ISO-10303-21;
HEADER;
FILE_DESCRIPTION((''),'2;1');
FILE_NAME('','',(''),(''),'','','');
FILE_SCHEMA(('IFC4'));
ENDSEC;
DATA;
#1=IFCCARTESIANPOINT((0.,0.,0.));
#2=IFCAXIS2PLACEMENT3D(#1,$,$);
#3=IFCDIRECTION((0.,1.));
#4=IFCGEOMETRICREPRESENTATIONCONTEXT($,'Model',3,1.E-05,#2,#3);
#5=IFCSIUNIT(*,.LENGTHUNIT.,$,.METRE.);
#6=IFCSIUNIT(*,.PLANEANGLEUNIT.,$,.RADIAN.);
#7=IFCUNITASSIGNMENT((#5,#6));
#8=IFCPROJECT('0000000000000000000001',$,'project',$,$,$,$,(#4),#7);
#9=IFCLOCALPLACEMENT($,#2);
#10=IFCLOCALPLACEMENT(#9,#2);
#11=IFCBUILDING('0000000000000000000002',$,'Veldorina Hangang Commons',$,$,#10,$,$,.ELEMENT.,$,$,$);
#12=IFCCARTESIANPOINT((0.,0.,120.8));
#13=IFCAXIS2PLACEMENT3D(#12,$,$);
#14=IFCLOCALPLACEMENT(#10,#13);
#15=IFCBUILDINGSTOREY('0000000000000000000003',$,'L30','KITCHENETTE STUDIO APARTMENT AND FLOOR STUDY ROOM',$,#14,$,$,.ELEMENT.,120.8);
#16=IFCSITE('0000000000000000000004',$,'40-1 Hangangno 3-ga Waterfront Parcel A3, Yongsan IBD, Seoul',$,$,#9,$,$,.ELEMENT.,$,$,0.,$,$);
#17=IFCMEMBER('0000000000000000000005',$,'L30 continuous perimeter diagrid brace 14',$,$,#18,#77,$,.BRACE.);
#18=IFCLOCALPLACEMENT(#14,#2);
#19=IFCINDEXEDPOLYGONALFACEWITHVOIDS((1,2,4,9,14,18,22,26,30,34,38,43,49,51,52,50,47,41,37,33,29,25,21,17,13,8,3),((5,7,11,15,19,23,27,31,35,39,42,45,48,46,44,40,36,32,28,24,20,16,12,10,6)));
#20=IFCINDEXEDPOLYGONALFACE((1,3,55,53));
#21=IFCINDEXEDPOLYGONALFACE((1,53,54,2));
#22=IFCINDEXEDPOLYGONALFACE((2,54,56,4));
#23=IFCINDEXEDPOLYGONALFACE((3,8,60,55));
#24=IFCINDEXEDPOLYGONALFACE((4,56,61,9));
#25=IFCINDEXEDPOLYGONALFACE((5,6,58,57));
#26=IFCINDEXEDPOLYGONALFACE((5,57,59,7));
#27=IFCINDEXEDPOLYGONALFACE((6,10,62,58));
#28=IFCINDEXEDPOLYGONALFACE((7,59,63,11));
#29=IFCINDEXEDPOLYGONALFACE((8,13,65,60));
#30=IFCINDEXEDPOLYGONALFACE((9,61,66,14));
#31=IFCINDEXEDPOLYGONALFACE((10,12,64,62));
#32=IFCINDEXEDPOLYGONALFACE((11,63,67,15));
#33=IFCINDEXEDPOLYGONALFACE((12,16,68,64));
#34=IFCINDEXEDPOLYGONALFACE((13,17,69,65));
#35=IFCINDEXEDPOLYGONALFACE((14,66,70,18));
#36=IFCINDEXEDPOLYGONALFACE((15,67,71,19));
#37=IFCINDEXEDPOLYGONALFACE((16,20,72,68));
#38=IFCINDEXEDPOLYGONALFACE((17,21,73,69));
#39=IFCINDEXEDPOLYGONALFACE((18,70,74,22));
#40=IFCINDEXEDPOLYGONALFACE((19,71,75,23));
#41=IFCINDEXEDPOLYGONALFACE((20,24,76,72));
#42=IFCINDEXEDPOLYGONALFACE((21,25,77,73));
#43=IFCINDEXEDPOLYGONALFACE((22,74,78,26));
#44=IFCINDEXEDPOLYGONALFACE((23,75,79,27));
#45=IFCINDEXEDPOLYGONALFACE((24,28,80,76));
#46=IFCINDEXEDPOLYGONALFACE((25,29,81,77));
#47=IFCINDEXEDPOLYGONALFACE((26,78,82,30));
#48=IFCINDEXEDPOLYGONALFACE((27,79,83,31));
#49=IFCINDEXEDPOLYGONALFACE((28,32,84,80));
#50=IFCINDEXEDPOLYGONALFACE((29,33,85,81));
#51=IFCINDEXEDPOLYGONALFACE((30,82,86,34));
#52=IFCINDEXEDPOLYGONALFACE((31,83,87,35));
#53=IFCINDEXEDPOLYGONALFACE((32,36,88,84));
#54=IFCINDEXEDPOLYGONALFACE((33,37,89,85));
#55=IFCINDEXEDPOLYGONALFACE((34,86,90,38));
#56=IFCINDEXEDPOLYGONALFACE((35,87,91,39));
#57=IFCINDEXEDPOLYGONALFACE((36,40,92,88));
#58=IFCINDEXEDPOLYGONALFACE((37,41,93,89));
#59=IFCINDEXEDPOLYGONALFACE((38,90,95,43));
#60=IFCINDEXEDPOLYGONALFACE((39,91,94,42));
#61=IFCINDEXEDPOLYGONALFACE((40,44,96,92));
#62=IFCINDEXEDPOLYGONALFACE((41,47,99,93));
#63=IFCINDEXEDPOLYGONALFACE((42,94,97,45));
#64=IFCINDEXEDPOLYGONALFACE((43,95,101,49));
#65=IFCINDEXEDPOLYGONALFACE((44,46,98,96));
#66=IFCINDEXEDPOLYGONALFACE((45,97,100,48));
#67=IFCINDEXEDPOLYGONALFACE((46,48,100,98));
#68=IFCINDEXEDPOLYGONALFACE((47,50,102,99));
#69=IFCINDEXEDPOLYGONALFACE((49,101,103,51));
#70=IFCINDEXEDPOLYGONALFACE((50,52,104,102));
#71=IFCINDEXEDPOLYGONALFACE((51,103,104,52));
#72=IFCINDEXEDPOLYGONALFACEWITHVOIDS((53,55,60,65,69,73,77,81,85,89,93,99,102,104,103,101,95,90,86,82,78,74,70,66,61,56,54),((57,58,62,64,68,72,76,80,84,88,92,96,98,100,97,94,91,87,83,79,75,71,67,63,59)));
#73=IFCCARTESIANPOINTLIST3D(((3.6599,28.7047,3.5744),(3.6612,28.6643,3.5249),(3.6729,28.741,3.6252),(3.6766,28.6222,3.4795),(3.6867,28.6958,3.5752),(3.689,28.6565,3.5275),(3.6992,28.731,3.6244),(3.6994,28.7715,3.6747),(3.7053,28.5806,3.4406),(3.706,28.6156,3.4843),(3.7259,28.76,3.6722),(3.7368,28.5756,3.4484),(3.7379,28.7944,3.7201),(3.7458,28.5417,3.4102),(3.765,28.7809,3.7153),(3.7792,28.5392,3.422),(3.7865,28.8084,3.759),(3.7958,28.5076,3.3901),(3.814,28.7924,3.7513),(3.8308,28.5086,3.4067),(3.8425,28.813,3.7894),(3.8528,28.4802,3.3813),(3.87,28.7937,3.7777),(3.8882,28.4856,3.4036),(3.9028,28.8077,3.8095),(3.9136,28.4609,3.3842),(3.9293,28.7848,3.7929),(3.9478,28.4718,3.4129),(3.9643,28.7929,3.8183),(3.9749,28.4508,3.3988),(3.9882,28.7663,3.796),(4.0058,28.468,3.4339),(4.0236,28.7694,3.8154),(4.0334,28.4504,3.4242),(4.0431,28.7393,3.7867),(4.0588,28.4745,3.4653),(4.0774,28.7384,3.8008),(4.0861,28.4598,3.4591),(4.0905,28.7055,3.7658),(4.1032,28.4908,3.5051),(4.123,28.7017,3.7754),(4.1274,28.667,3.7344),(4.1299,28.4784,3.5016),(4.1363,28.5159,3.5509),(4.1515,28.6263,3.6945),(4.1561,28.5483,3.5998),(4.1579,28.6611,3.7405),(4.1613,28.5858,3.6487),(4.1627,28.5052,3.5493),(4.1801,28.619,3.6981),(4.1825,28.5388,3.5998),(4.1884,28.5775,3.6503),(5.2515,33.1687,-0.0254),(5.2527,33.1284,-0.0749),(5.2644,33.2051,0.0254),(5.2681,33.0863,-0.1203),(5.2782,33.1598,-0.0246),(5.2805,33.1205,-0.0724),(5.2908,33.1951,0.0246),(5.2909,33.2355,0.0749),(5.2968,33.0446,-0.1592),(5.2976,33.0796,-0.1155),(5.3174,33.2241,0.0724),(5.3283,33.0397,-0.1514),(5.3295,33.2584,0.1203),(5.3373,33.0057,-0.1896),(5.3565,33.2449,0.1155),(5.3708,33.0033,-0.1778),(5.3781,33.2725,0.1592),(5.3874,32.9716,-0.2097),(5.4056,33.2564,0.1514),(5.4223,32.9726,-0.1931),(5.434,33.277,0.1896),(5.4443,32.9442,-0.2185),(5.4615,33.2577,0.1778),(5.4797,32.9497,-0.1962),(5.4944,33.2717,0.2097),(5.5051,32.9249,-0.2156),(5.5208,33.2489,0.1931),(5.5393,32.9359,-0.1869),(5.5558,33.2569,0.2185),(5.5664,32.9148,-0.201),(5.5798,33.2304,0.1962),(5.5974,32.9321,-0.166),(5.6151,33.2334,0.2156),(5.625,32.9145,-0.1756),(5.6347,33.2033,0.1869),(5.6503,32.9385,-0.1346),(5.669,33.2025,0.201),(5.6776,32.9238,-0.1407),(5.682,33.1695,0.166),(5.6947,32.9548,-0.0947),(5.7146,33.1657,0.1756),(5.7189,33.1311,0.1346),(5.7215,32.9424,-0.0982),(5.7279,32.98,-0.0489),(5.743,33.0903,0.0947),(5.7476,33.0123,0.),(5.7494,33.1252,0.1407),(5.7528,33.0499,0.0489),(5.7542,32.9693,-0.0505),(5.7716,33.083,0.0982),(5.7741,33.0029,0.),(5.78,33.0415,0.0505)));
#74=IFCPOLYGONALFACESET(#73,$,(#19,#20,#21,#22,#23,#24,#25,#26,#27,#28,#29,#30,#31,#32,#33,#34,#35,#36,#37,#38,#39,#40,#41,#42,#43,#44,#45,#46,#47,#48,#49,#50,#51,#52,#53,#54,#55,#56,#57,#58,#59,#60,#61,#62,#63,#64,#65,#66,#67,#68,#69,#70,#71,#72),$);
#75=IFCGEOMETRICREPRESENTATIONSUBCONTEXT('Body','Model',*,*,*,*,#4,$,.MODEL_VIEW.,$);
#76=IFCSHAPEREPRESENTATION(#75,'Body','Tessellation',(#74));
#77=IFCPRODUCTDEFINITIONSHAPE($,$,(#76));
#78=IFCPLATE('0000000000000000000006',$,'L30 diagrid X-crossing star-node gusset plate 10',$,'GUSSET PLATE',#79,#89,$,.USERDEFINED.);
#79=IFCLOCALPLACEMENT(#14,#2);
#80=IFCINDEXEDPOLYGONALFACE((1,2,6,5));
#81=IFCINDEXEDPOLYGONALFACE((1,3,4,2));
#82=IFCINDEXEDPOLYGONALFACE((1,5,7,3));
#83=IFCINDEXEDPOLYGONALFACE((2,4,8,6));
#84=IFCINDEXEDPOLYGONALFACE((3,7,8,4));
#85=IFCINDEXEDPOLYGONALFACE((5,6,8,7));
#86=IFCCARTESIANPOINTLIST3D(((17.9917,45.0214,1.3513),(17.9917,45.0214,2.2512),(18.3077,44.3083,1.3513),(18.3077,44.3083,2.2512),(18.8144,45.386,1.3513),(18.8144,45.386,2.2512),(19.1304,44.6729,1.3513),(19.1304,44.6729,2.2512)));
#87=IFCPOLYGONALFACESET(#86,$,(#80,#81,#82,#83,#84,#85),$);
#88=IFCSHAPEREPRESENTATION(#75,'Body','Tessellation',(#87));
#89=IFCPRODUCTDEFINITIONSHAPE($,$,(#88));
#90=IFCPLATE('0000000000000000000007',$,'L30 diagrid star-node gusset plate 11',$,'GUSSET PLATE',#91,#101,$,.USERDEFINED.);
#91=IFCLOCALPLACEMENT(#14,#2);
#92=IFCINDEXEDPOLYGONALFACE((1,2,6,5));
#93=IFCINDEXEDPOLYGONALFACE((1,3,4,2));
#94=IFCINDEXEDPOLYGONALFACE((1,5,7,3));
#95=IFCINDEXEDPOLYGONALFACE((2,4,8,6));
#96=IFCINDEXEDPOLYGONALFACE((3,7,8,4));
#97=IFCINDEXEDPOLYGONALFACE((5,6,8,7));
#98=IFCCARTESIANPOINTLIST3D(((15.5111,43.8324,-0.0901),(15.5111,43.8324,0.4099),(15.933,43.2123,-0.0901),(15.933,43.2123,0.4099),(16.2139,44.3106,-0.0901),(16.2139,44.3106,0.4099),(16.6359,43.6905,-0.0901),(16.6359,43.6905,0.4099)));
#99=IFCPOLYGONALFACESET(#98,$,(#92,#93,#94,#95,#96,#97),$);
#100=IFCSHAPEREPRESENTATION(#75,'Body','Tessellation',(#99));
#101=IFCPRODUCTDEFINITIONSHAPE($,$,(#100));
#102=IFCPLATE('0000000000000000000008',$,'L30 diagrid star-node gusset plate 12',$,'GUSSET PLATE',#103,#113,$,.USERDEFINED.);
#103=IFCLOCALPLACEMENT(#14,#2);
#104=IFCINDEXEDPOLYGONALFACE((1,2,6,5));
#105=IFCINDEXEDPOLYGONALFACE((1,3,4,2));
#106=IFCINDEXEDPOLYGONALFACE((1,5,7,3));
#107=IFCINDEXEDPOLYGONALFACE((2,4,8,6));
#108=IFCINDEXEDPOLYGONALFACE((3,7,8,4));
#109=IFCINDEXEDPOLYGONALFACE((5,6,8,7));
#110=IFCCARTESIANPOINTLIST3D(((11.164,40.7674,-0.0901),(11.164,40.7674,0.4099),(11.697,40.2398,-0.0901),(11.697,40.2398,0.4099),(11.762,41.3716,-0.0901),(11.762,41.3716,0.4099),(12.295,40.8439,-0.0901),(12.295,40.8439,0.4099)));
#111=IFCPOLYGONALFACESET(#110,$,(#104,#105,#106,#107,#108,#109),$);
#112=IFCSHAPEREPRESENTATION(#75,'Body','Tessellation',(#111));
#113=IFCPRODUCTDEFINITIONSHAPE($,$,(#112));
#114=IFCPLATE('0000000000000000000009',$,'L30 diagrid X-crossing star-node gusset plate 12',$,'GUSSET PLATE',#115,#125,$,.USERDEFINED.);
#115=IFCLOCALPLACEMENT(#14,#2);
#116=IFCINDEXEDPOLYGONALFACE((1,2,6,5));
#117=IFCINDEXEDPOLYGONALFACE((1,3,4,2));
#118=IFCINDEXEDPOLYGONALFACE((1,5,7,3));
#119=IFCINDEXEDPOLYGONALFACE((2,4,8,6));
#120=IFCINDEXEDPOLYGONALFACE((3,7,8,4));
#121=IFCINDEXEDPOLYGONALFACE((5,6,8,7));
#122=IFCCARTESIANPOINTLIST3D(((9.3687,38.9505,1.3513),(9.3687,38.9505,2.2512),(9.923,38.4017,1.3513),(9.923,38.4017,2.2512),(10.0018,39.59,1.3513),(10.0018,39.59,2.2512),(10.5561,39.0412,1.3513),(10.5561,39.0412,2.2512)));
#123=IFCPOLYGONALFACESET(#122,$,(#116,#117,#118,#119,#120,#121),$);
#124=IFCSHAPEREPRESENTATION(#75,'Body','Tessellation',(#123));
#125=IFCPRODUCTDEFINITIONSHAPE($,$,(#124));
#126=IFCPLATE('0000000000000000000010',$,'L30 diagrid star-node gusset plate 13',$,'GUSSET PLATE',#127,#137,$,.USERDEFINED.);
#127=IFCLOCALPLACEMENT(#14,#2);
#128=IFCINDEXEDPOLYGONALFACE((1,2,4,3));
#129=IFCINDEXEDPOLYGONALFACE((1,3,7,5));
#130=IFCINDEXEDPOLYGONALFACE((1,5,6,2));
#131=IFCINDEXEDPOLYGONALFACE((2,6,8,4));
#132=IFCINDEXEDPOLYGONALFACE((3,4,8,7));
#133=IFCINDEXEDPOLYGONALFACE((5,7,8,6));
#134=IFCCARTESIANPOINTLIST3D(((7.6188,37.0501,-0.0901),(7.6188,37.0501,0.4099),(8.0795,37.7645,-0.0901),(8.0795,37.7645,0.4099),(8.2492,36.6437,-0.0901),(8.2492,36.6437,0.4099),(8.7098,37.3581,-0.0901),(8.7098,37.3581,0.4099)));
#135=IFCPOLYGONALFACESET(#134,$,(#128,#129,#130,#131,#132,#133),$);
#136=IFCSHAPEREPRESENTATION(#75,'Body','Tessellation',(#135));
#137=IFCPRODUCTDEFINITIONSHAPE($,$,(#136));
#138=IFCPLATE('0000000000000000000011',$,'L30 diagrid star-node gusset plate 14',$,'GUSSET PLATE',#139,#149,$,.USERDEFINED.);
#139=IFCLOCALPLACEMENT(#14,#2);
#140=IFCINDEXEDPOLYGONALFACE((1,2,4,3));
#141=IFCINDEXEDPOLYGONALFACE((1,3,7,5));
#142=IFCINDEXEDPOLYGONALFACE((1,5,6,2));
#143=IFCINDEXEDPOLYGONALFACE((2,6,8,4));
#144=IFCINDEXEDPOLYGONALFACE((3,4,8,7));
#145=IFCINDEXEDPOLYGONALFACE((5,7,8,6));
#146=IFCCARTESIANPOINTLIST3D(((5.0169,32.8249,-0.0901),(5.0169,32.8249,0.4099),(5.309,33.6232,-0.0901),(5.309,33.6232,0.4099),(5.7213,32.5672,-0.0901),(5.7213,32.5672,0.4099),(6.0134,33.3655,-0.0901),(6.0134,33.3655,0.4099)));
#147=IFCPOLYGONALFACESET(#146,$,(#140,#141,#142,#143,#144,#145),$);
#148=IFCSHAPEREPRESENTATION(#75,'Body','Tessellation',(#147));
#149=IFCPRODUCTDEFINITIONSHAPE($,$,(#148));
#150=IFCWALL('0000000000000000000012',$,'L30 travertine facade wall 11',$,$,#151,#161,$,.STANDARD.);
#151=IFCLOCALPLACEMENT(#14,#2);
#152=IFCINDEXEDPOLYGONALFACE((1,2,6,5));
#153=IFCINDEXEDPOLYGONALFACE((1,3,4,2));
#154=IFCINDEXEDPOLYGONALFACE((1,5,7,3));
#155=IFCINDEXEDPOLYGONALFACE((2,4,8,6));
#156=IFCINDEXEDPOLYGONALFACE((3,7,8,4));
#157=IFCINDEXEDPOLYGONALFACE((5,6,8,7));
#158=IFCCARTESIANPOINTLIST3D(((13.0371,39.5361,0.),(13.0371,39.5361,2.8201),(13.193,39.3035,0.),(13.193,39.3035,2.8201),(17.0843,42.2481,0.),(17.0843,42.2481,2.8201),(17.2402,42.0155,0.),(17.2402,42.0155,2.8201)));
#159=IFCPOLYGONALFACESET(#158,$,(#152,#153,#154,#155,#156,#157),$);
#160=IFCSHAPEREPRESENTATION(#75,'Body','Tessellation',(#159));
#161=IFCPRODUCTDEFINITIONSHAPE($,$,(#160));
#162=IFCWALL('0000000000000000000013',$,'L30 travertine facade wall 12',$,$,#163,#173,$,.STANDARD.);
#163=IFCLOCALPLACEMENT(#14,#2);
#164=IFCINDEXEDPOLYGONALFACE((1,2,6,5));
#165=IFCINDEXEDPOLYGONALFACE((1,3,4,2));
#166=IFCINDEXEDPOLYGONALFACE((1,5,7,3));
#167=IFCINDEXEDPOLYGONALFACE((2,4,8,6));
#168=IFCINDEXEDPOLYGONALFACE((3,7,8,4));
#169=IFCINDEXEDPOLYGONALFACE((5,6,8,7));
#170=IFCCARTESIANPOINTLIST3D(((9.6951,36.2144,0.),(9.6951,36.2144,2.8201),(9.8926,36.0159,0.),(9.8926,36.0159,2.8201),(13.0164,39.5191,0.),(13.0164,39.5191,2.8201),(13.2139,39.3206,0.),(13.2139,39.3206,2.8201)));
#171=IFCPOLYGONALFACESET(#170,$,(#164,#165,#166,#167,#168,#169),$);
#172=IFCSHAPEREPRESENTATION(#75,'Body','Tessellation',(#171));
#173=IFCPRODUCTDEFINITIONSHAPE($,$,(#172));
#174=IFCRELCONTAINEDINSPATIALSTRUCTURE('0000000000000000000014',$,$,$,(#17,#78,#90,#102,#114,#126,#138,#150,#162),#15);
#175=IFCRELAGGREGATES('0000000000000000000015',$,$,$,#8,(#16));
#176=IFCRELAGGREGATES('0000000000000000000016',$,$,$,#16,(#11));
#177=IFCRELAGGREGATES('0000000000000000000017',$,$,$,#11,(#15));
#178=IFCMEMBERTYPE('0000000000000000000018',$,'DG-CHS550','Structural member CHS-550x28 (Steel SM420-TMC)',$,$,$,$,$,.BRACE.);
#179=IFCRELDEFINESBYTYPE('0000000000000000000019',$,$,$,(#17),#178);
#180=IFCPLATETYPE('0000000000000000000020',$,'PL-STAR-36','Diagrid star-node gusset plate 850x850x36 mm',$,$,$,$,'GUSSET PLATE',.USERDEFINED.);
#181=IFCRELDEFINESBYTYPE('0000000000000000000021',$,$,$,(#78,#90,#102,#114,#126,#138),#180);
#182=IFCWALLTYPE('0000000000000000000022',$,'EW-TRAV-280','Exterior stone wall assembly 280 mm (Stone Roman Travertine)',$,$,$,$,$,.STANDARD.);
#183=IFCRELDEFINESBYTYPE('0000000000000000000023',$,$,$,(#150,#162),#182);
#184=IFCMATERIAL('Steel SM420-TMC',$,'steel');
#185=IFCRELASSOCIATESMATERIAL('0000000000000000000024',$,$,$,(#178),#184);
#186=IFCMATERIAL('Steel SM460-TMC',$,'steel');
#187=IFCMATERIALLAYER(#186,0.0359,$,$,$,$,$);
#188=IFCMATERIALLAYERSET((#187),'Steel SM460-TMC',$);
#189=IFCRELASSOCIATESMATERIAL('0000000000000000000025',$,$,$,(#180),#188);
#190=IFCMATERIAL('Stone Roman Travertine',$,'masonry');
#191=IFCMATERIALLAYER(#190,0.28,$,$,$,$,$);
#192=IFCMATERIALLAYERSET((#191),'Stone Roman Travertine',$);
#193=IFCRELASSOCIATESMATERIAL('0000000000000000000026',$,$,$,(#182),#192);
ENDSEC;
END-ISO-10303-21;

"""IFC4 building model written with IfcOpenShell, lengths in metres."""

from ifc_helpers import new_model, si_unit, direction, frame, frame_2d, origin, origin_2d, place, context, subcontext, project, spatial, rectangle, hollow_circle, extrude, material, layer, layer_set, material_profile, profile_set, type_object, element, save


model = new_model("IFC4")

# Units and contexts
model_context = context("Model", 3, precision=1e-05, world=origin(), true_north=direction((0.0, 1.0)))
body_context = subcontext(model_context, "Body", "Model", "MODEL_VIEW")
ifc_project = project(units=[si_unit("LENGTHUNIT", "METRE"), si_unit("PLANEANGLEUNIT", "RADIAN")], contexts=[model_context])

# Site, building, storey
site_placement = place(None, origin())
site = spatial("IfcSite", under=ifc_project, at=site_placement, Name="40-1 Hangangno 3-ga Waterfront Parcel A3, Yongsan IBD, Seoul", CompositionType="ELEMENT", RefElevation=0.0)
building_placement = place(site_placement, origin())
building = spatial("IfcBuilding", under=site, at=building_placement, Name="Veldorina Hangang Commons", CompositionType="ELEMENT")
storey_placement = place(building_placement, frame((0.0, 0.0, 120.8)))
storey = spatial("IfcBuildingStorey", under=building, at=storey_placement, Name="L30", Description="KITCHENETTE STUDIO APARTMENT AND FLOOR STUDY ROOM", CompositionType="ELEMENT", Elevation=120.8)

# Shared definitions
ifc_material_1 = material(Name="Steel SM420-TMC", Category="steel")

# Member
ifc_material_profile_1 = material_profile(ifc_material_1, hollow_circle(Radius=0.2749, WallThickness=0.0281, at=origin_2d()), Name="CHS-550x28")
ifc_profile_set_1 = profile_set([ifc_material_profile_1], Name="Steel SM420-TMC")
member_type = type_object("IfcMemberType", Name="DG-CHS550", Description="Structural member CHS-550x28 (Steel SM420-TMC)", PredefinedType="BRACE", material=ifc_profile_set_1)
member_1_placement = place(storey_placement, frame((5.5151, 33.0952, 0.0), z_axis=(-0.267421, -0.750083, 0.604866), x_axis=(0.941927, -0.335817, 0.0)))
element("IfcMember", 1, at=member_1_placement, inside=storey, type_object=member_type, Name="L30 continuous perimeter diagrid brace 14", PredefinedType="BRACE", context=body_context, shape_type="SweptSolid", body=[
    extrude(hollow_circle(Radius=0.2749, WallThickness=0.0281, at=origin_2d()), origin(), (0.0, 0.0, 1.0), 5.9514),
])

# Plates
ifc_material_2 = material(Name="Steel SM460-TMC", Category="steel")
ifc_layer_1 = layer(ifc_material_2, 0.0359)
ifc_layer_set_1 = layer_set([ifc_layer_1], Name="Steel SM460-TMC")
plate_type = type_object("IfcPlateType", Name="PL-STAR-36", Description="Diagrid star-node gusset plate 850x850x36 mm", ElementType="GUSSET PLATE", PredefinedType="USERDEFINED", material=ifc_layer_set_1)
plate_1_placement = place(storey_placement, frame((18.561, 44.8472, 1.3513), z_axis=(0.0, 0.0, 1.0), x_axis=(-0.914247, -0.405158, 0.0)))
element("IfcPlate", 2, at=plate_1_placement, inside=storey, type_object=plate_type, Name="L30 diagrid X-crossing star-node gusset plate 10", ObjectType="GUSSET PLATE", PredefinedType="USERDEFINED", context=body_context, shape_type="SweptSolid", body=[
    extrude(rectangle(XDim=0.8999, YDim=0.78, at=origin_2d()), origin(), (0.0, 0.0, 1.0), 0.8999),
])
for number, where, z_axis, x_axis, name in (
    (3, (16.0735, 43.7615, -0.0901), (0.0, 0.0, 1.0), (-0.826767, -0.562545, 0.0), "L30 diagrid star-node gusset plate 11"),
    (4, (11.7295, 40.8057, -0.0901), (0.0, 0.0, 1.0), (-0.703506, -0.710689, 0.0), "L30 diagrid star-node gusset plate 12"),
):
    element("IfcPlate", number, at=place(storey_placement, frame(where, z_axis=z_axis, x_axis=x_axis)), inside=storey, type_object=plate_type, Name=name, ObjectType="GUSSET PLATE", PredefinedType="USERDEFINED", context=body_context, shape_type="SweptSolid", body=[
        extrude(rectangle(XDim=0.8501, YDim=0.75, at=origin_2d()), origin(), (0.0, 0.0, 1.0), 0.5),
    ])
plate_2_placement = place(storey_placement, frame((9.9624, 38.9958, 1.3513), z_axis=(0.0, 0.0, 1.0), x_axis=(-0.703506, -0.710689, 0.0)))
element("IfcPlate", 5, at=plate_2_placement, inside=storey, type_object=plate_type, Name="L30 diagrid X-crossing star-node gusset plate 12", ObjectType="GUSSET PLATE", PredefinedType="USERDEFINED", context=body_context, shape_type="SweptSolid", body=[
    extrude(rectangle(XDim=0.8999, YDim=0.78, at=origin_2d()), origin(), (0.0, 0.0, 1.0), 0.8999),
])
for number, where, z_axis, x_axis, name in (
    (6, (8.1643, 37.2041, -0.0901), (0.0, 0.0, 1.0), (-0.54187, -0.840463, 0.0), "L30 diagrid star-node gusset plate 13"),
    (7, (5.5151, 33.0952, -0.0901), (0.0, 0.0, 1.0), (-0.343611, -0.939112, 0.0), "L30 diagrid star-node gusset plate 14"),
):
    element("IfcPlate", number, at=place(storey_placement, frame(where, z_axis=z_axis, x_axis=x_axis)), inside=storey, type_object=plate_type, Name=name, ObjectType="GUSSET PLATE", PredefinedType="USERDEFINED", context=body_context, shape_type="SweptSolid", body=[
        extrude(rectangle(XDim=0.8501, YDim=0.75, at=origin_2d()), origin(), (0.0, 0.0, 1.0), 0.5),
    ])

# Walls
ifc_material_3 = material(Name="Stone Roman Travertine", Category="masonry")
ifc_layer_2 = layer(ifc_material_3, 0.28)
ifc_layer_set_2 = layer_set([ifc_layer_2], Name="Stone Roman Travertine")
wall_type_1 = type_object("IfcWallType", Name="EW-TRAV-280", Description="Exterior stone wall assembly 280 mm (Stone Roman Travertine)", PredefinedType="STANDARD", material=ifc_layer_set_2)
wall_1_placement = place(storey_placement, frame((17.1624, 42.1318, 0.0), z_axis=(0.0, 0.0, 1.0), x_axis=(-0.830737, -0.556665, 0.0)))
element("IfcWall", 8, at=wall_1_placement, inside=storey, type_object=wall_type_1, Name="L30 travertine facade wall 11", PredefinedType="STANDARD", context=body_context, shape_type="SweptSolid", body=[
    extrude(rectangle(XDim=4.8718, YDim=0.28, at=frame_2d((2.436, 0.0))), origin(), (0.0, 0.0, 1.0), 2.8201),
])
wall_2_placement = place(storey_placement, frame((13.1152, 39.4199, 0.0), z_axis=(0.0, 0.0, 1.0), x_axis=(-0.708876, -0.705333, 0.0)))
element("IfcWall", 9, at=wall_2_placement, inside=storey, type_object=wall_type_1, Name="L30 travertine facade wall 12", PredefinedType="STANDARD", context=body_context, shape_type="SweptSolid", body=[
    extrude(rectangle(XDim=4.6853, YDim=0.28, at=frame_2d((2.3428, 0.0))), origin(), (0.0, 0.0, 1.0), 2.8201),
])

save(model, "model.ifc")
